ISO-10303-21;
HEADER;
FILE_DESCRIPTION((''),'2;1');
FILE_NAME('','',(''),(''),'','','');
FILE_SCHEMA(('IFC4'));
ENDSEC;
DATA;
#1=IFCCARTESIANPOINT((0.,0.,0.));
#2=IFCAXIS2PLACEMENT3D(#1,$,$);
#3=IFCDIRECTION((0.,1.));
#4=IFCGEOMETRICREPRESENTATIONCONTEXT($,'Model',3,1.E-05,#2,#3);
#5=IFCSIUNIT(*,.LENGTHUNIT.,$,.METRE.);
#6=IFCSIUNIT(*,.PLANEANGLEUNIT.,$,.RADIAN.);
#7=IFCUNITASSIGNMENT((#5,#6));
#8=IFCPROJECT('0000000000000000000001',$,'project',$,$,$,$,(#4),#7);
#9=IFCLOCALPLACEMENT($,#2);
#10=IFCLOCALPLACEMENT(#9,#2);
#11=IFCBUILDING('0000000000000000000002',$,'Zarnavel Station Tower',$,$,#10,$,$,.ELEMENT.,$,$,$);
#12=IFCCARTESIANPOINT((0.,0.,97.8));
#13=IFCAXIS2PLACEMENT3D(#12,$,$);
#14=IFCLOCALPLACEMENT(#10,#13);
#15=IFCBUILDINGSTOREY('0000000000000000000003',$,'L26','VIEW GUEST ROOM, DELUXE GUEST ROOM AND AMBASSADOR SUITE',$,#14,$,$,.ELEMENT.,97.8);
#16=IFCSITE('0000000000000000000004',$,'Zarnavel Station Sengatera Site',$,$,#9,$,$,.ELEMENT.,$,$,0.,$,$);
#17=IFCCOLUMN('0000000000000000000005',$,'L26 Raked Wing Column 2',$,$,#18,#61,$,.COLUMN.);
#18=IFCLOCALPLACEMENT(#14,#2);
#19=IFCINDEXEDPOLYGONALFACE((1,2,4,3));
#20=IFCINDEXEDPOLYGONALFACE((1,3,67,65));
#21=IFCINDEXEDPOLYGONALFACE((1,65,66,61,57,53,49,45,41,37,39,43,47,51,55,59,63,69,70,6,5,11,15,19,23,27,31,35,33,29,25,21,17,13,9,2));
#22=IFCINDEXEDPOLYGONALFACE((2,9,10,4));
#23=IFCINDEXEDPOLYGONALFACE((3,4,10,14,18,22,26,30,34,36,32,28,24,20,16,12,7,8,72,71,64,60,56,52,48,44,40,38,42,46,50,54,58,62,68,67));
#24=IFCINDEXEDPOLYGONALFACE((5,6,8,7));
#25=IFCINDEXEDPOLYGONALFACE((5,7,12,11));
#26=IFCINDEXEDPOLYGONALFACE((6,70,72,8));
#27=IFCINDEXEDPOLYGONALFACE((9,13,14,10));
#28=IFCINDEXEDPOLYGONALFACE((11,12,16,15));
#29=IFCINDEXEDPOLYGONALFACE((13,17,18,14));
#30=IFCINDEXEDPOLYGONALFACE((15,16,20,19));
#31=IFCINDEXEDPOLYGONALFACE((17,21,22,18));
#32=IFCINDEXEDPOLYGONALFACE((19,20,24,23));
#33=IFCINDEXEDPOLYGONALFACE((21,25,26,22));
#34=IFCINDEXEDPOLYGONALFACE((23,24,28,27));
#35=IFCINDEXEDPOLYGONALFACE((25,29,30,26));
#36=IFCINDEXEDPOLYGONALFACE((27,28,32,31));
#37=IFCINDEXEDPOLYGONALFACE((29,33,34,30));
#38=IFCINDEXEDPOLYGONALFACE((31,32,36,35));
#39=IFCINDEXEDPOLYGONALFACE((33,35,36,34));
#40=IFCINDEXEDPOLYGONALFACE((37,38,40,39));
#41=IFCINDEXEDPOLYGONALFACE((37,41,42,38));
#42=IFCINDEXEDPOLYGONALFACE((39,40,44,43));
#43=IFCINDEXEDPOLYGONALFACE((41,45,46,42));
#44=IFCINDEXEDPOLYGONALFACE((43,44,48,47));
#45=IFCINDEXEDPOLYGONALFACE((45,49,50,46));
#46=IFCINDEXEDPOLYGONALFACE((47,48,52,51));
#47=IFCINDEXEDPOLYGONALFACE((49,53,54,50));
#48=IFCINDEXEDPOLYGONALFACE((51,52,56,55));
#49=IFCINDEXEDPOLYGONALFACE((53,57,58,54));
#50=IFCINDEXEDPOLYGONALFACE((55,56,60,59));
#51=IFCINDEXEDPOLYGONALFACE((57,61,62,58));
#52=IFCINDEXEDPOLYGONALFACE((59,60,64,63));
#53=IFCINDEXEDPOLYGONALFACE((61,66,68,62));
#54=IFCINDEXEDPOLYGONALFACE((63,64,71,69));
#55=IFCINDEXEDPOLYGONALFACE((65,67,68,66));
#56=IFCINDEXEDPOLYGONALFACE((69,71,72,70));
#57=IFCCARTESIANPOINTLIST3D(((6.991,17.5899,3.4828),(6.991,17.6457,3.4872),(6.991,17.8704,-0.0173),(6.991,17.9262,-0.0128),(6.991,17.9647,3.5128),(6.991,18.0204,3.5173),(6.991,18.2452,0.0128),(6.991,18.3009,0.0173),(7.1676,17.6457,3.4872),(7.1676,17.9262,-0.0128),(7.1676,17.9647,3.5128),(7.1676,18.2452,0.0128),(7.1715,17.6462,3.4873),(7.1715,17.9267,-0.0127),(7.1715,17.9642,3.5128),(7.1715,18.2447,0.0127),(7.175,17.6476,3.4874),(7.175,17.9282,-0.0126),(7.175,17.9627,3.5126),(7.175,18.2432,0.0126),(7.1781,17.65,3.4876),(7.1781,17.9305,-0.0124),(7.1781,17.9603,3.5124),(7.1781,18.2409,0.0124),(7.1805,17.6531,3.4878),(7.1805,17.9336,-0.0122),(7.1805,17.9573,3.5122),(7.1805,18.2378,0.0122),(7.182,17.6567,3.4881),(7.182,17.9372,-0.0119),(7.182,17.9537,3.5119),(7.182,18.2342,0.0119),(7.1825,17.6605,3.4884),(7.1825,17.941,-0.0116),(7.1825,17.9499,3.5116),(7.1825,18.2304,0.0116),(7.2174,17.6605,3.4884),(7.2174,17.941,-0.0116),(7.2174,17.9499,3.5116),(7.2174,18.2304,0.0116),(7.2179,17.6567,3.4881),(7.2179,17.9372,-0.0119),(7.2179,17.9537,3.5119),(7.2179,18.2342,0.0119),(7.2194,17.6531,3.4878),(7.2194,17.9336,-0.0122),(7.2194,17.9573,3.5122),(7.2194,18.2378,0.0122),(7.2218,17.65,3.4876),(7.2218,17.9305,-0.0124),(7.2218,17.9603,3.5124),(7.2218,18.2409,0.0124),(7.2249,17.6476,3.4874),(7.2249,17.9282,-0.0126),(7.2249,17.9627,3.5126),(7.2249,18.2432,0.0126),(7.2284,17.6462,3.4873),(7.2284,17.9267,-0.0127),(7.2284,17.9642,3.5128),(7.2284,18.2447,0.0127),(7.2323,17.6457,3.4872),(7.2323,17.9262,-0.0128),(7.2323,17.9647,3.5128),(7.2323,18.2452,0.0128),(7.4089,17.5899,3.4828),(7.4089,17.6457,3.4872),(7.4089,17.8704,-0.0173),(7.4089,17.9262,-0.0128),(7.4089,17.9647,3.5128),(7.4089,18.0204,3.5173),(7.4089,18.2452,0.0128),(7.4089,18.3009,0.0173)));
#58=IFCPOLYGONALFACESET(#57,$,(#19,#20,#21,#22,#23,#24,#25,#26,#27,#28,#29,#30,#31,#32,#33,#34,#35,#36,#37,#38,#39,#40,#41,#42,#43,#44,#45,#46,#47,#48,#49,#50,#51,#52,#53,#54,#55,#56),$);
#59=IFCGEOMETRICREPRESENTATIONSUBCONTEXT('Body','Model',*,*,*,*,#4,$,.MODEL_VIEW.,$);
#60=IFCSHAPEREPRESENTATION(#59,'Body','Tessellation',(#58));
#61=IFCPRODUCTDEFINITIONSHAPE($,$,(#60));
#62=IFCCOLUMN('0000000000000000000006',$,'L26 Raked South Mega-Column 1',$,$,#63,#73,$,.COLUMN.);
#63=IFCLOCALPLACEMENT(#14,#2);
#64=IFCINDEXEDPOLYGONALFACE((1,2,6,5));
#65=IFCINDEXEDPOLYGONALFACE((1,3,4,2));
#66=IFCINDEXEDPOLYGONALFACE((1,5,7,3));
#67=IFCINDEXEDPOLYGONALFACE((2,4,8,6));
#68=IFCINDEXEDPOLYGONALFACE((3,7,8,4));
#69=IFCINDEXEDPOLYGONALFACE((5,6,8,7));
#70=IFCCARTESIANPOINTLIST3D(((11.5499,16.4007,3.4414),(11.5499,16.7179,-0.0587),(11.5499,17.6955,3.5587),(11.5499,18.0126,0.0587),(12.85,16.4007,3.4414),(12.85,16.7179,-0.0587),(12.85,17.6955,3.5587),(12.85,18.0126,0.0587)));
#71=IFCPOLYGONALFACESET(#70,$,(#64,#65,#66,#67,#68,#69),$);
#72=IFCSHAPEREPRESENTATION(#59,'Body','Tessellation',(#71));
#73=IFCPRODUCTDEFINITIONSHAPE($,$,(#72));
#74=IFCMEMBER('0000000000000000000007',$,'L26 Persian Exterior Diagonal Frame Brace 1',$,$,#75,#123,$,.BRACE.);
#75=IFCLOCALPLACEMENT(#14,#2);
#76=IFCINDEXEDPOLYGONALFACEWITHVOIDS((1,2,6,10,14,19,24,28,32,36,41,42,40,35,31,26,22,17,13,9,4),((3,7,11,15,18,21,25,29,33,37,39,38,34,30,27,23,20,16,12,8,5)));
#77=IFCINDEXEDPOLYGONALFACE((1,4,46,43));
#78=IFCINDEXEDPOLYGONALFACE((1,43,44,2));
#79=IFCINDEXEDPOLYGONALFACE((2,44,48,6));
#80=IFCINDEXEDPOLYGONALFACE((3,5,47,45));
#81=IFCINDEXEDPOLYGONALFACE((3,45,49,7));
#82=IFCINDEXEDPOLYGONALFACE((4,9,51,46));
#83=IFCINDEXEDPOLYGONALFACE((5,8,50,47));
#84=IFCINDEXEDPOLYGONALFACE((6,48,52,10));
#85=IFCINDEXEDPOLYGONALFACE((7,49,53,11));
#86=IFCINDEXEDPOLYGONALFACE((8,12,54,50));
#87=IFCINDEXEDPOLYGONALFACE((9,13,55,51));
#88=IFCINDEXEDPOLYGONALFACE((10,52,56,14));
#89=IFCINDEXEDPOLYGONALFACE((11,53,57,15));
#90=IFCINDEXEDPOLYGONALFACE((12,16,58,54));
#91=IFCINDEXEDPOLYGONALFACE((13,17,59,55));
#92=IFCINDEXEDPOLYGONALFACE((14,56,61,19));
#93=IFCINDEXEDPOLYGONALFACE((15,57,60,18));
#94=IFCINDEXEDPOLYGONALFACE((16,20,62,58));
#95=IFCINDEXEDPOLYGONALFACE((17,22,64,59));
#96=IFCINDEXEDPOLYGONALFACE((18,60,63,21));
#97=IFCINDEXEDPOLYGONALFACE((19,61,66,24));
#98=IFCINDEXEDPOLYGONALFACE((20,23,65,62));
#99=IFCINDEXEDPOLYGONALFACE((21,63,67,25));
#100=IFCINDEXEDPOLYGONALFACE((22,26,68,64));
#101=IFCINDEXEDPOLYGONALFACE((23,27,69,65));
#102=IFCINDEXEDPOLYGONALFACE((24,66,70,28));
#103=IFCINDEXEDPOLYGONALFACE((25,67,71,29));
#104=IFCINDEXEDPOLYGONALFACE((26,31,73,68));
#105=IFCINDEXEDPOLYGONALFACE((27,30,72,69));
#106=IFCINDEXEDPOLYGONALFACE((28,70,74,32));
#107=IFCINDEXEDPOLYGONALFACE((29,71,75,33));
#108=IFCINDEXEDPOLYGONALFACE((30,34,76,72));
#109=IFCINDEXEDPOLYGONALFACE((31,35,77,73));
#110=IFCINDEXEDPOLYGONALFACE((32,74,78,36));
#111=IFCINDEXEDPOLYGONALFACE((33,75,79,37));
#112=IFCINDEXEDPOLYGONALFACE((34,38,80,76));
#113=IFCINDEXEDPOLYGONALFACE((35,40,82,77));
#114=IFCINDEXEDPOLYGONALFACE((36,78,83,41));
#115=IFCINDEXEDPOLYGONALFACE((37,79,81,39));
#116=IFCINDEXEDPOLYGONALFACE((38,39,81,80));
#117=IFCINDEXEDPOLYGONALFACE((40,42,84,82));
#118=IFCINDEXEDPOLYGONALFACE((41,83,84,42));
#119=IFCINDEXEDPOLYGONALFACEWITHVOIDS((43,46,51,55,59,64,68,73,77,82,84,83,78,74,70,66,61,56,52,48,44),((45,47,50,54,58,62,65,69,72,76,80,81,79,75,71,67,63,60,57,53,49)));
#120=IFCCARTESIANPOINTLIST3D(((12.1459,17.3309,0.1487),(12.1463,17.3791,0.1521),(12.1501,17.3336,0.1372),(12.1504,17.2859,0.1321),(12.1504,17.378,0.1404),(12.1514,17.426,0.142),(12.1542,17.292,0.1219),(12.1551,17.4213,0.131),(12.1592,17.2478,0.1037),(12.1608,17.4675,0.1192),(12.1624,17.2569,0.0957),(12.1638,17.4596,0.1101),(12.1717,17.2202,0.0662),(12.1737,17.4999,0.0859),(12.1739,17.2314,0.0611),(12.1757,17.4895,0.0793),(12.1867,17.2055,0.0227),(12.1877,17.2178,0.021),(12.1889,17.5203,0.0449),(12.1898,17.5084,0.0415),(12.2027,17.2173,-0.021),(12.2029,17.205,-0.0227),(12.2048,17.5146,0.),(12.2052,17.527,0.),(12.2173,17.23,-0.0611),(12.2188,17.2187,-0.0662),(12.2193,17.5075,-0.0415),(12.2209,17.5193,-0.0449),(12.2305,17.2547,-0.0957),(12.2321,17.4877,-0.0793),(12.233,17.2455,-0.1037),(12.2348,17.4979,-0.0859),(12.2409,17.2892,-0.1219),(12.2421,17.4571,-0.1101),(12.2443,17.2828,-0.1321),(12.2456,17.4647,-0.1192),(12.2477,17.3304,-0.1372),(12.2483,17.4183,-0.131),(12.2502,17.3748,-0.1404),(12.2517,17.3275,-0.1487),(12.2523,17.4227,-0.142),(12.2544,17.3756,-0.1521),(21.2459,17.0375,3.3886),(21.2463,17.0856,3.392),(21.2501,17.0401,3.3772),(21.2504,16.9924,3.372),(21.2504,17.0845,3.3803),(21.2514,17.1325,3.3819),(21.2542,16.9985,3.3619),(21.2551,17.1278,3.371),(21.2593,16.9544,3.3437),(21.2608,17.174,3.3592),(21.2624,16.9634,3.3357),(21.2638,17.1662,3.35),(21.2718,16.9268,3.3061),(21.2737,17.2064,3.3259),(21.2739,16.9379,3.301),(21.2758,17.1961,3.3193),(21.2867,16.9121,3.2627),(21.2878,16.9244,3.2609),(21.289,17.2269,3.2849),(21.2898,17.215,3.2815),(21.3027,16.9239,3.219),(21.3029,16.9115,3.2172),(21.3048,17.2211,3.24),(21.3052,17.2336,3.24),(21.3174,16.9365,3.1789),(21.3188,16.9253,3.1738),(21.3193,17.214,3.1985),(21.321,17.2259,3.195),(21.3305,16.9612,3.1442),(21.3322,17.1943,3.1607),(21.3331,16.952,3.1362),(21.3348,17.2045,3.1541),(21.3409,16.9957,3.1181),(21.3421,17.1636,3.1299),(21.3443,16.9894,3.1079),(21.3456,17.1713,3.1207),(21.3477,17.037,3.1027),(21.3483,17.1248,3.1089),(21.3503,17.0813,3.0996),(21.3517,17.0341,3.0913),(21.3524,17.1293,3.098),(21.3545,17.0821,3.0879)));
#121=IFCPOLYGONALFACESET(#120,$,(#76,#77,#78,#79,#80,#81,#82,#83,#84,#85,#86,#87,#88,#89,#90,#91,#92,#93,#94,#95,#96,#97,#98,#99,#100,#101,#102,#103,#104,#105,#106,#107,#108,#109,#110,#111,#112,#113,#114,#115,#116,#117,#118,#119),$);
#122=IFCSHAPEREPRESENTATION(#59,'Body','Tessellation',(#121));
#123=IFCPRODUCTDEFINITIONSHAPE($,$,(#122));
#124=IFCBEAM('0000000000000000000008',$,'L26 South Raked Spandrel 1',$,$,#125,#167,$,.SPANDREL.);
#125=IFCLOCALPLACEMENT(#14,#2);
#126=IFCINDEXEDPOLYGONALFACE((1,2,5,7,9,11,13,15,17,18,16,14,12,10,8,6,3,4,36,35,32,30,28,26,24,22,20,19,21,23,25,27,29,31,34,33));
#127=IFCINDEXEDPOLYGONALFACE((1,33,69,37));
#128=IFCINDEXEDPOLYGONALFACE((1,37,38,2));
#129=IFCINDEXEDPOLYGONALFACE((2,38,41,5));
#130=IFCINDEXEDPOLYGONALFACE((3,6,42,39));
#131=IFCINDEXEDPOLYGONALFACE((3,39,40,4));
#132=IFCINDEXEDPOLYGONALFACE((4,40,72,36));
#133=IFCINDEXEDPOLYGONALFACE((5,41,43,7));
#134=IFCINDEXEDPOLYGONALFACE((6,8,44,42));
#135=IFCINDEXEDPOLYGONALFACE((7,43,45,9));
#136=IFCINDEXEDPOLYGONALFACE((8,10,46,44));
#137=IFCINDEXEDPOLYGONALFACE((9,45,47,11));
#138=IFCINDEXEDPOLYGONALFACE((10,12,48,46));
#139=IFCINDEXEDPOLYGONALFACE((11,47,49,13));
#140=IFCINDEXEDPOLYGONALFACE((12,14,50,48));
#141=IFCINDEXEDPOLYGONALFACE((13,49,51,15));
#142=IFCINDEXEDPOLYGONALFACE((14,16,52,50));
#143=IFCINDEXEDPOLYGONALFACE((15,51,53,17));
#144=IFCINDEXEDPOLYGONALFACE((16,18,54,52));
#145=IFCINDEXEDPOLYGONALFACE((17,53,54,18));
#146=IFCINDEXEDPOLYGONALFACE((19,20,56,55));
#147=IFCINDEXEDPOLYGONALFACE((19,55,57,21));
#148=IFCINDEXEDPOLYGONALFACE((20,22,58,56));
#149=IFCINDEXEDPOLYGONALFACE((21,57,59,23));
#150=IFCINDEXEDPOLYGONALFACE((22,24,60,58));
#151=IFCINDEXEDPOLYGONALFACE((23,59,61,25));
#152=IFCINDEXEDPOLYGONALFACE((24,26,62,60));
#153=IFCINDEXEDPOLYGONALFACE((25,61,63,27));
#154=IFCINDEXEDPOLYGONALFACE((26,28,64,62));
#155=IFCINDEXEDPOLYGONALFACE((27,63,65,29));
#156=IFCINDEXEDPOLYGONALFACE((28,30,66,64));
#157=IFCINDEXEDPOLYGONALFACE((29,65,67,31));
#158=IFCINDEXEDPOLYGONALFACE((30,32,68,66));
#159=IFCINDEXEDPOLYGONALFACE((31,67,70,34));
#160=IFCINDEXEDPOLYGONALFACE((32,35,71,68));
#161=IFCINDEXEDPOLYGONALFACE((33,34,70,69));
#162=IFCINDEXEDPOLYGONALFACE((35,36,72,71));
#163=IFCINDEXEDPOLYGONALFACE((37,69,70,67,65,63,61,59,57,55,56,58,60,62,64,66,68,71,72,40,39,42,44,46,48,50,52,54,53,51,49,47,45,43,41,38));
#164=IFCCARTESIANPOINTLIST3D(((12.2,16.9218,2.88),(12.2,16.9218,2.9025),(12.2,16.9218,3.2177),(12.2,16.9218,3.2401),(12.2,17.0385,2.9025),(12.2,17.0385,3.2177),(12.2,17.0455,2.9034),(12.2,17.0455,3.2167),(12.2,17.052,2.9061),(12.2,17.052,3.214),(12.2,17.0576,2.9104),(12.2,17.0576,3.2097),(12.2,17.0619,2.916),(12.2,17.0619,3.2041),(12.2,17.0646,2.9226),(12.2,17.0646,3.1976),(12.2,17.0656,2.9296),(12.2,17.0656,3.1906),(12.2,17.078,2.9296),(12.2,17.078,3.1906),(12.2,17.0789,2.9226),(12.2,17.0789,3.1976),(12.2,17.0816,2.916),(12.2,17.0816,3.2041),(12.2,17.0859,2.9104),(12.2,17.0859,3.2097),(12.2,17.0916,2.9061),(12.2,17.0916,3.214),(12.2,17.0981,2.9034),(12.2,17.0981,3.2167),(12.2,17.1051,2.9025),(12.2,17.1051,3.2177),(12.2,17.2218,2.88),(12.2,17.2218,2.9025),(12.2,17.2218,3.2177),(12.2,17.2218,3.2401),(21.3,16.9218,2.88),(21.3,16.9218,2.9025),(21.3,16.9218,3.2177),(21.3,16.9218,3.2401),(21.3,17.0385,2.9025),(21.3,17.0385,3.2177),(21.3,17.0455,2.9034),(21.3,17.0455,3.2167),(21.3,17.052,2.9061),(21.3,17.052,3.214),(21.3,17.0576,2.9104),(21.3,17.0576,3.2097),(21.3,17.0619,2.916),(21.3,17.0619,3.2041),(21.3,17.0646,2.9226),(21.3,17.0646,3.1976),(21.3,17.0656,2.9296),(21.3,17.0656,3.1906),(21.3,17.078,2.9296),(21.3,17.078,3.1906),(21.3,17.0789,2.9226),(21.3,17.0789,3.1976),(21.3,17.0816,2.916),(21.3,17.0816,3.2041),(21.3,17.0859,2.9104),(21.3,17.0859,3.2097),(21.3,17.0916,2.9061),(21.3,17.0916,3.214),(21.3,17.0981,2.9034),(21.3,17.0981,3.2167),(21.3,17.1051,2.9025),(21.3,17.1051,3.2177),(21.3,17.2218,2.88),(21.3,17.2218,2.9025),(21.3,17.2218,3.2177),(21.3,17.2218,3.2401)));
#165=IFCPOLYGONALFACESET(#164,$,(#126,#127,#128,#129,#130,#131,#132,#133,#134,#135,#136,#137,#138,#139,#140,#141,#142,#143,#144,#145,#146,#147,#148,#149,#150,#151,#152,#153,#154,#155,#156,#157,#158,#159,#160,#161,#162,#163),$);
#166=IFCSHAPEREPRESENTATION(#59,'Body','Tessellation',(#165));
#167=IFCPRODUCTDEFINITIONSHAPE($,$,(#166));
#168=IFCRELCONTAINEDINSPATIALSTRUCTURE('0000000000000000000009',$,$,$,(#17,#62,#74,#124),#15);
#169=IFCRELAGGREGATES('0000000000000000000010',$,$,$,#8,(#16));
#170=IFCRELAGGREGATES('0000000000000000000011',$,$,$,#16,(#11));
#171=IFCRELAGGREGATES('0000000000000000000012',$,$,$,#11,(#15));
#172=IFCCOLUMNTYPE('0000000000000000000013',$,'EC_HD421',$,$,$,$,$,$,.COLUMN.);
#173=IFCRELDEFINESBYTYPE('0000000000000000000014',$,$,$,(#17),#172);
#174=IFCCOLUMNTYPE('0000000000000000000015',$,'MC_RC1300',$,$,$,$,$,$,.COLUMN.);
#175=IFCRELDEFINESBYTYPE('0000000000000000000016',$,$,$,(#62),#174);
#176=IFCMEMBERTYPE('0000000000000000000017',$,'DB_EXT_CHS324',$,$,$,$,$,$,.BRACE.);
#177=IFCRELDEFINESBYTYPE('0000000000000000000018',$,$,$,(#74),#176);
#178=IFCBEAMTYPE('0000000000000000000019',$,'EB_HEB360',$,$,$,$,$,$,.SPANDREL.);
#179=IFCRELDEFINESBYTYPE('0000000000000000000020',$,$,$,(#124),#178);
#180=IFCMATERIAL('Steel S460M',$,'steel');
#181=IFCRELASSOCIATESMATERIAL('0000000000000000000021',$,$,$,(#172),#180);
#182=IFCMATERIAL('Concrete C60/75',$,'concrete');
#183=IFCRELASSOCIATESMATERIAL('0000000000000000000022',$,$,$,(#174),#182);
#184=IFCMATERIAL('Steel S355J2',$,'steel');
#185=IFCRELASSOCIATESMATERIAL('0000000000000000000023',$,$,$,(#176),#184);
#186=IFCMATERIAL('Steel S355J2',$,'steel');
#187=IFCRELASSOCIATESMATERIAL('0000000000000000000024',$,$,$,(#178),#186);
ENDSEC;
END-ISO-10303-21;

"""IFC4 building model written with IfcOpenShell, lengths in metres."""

from ifc_helpers import new_model, si_unit, direction, frame, origin, origin_2d, place, context, subcontext, project, spatial, rectangle, hollow_circle, i_section, extrude, material, material_profile, profile_set, type_object, element, save


model = new_model("IFC4")

# Units and contexts
model_context = context("Model", 3, precision=1e-05, world=origin(), true_north=direction((0.0, 1.0)))
body_context = subcontext(model_context, "Body", "Model", "MODEL_VIEW")
ifc_project = project(units=[si_unit("LENGTHUNIT", "METRE"), si_unit("PLANEANGLEUNIT", "RADIAN")], contexts=[model_context])

# Site, building, storey
site_placement = place(None, origin())
site = spatial("IfcSite", under=ifc_project, at=site_placement, Name="Zarnavel Station Sengatera Site", CompositionType="ELEMENT", RefElevation=0.0)
building_placement = place(site_placement, origin())
building = spatial("IfcBuilding", under=site, at=building_placement, Name="Zarnavel Station Tower", CompositionType="ELEMENT")
storey_placement = place(building_placement, frame((0.0, 0.0, 97.8)))
storey = spatial("IfcBuildingStorey", under=building, at=storey_placement, Name="L26", Description="VIEW GUEST ROOM, DELUXE GUEST ROOM AND AMBASSADOR SUITE", CompositionType="ELEMENT", Elevation=97.8)

# Columns
ifc_material_1 = material(Name="Steel S460M", Category="steel")
ifc_material_profile_1 = material_profile(ifc_material_1, i_section(OverallWidth=0.418, OverallDepth=0.4319, WebThickness=0.0349, FlangeThickness=0.0559, FilletRadius=0.0149, at=origin_2d()), Name="HD400x421")
ifc_profile_set_1 = profile_set([ifc_material_profile_1], Name="Steel S460M")
column_type_1 = type_object("IfcColumnType", Name="EC_HD421", PredefinedType="COLUMN", material=ifc_profile_set_1)
column_1_placement = place(storey_placement, frame((7.2, 18.0857, 0.0), z_axis=(0.0, -0.079892, 0.996804), x_axis=(1.0, 0.0, 0.0)))
element("IfcColumn", 1, at=column_1_placement, inside=storey, type_object=column_type_1, Name="L26 Raked Wing Column 2", PredefinedType="COLUMN", context=body_context, shape_type="SweptSolid", body=[
    extrude(i_section(OverallWidth=0.418, OverallDepth=0.4319, WebThickness=0.0349, FlangeThickness=0.0559, FilletRadius=0.0149, at=origin_2d()), origin(), (0.0, 0.0, 1.0), 3.5112),
])
ifc_material_2 = material(Name="Concrete C60/75", Category="concrete")
ifc_material_profile_2 = material_profile(ifc_material_2, rectangle(XDim=1.3, YDim=1.3, at=origin_2d()), Name="RC1300x1300")
ifc_profile_set_2 = profile_set([ifc_material_profile_2], Name="Concrete C60/75")
column_type_2 = type_object("IfcColumnType", Name="MC_RC1300", PredefinedType="COLUMN", material=ifc_profile_set_2)
column_2_placement = place(storey_placement, frame((12.2, 17.3652, 0.0), z_axis=(0.0, -0.090241, 0.99592), x_axis=(1.0, 0.0, 0.0)))
element("IfcColumn", 2, at=column_2_placement, inside=storey, type_object=column_type_2, Name="L26 Raked South Mega-Column 1", PredefinedType="COLUMN", context=body_context, shape_type="SweptSolid", body=[
    extrude(rectangle(XDim=1.3, YDim=1.3, at=origin_2d()), origin(), (0.0, 0.0, 1.0), 3.5144),
])

# Member
ifc_material_3 = material(Name="Steel S355J2", Category="steel")
ifc_material_profile_3 = material_profile(ifc_material_3, hollow_circle(Radius=0.1619, WallThickness=0.0125, at=origin_2d()), Name="CHS323.9x12.5")
ifc_profile_set_3 = profile_set([ifc_material_profile_3], Name="Steel S355J2")
member_type = type_object("IfcMemberType", Name="DB_EXT_CHS324", PredefinedType="BRACE", material=ifc_profile_set_3)
member_placement = place(storey_placement, frame((12.2, 17.3652, 0.0), z_axis=(0.941636, -0.030366, 0.335259), x_axis=(0.032231, 0.99948, 0.0)))
element("IfcMember", 3, at=member_placement, inside=storey, type_object=member_type, Name="L26 Persian Exterior Diagonal Frame Brace 1", PredefinedType="BRACE", context=body_context, shape_type="SweptSolid", body=[
    extrude(hollow_circle(Radius=0.1619, WallThickness=0.0125, at=origin_2d()), origin(), (0.0, 0.0, 1.0), 9.6641),
])

# Beam
ifc_material_4 = material(Name="Steel S355J2", Category="steel")
ifc_material_profile_4 = material_profile(ifc_material_4, i_section(OverallWidth=0.3, OverallDepth=0.3601, WebThickness=0.0125, FlangeThickness=0.0225, FilletRadius=0.0271, at=origin_2d()), Name="HEB360")
ifc_profile_set_4 = profile_set([ifc_material_profile_4], Name="Steel S355J2")
beam_type_1 = type_object("IfcBeamType", Name="EB_HEB360", PredefinedType="SPANDREL", material=ifc_profile_set_4)
beam_1_placement = place(storey_placement, frame((12.2, 17.0718, 3.0601), z_axis=(1.0, 0.0, 0.0), x_axis=(0.0, 1.0, 0.0)))
element("IfcBeam", 4, at=beam_1_placement, inside=storey, type_object=beam_type_1, Name="L26 South Raked Spandrel 1", PredefinedType="SPANDREL", context=body_context, shape_type="SweptSolid", body=[
    extrude(i_section(OverallWidth=0.3, OverallDepth=0.3601, WebThickness=0.0125, FlangeThickness=0.0225, FilletRadius=0.0271, at=origin_2d()), origin(), (0.0, 0.0, 1.0), 9.1001),
])

save(model, "model.ifc")
